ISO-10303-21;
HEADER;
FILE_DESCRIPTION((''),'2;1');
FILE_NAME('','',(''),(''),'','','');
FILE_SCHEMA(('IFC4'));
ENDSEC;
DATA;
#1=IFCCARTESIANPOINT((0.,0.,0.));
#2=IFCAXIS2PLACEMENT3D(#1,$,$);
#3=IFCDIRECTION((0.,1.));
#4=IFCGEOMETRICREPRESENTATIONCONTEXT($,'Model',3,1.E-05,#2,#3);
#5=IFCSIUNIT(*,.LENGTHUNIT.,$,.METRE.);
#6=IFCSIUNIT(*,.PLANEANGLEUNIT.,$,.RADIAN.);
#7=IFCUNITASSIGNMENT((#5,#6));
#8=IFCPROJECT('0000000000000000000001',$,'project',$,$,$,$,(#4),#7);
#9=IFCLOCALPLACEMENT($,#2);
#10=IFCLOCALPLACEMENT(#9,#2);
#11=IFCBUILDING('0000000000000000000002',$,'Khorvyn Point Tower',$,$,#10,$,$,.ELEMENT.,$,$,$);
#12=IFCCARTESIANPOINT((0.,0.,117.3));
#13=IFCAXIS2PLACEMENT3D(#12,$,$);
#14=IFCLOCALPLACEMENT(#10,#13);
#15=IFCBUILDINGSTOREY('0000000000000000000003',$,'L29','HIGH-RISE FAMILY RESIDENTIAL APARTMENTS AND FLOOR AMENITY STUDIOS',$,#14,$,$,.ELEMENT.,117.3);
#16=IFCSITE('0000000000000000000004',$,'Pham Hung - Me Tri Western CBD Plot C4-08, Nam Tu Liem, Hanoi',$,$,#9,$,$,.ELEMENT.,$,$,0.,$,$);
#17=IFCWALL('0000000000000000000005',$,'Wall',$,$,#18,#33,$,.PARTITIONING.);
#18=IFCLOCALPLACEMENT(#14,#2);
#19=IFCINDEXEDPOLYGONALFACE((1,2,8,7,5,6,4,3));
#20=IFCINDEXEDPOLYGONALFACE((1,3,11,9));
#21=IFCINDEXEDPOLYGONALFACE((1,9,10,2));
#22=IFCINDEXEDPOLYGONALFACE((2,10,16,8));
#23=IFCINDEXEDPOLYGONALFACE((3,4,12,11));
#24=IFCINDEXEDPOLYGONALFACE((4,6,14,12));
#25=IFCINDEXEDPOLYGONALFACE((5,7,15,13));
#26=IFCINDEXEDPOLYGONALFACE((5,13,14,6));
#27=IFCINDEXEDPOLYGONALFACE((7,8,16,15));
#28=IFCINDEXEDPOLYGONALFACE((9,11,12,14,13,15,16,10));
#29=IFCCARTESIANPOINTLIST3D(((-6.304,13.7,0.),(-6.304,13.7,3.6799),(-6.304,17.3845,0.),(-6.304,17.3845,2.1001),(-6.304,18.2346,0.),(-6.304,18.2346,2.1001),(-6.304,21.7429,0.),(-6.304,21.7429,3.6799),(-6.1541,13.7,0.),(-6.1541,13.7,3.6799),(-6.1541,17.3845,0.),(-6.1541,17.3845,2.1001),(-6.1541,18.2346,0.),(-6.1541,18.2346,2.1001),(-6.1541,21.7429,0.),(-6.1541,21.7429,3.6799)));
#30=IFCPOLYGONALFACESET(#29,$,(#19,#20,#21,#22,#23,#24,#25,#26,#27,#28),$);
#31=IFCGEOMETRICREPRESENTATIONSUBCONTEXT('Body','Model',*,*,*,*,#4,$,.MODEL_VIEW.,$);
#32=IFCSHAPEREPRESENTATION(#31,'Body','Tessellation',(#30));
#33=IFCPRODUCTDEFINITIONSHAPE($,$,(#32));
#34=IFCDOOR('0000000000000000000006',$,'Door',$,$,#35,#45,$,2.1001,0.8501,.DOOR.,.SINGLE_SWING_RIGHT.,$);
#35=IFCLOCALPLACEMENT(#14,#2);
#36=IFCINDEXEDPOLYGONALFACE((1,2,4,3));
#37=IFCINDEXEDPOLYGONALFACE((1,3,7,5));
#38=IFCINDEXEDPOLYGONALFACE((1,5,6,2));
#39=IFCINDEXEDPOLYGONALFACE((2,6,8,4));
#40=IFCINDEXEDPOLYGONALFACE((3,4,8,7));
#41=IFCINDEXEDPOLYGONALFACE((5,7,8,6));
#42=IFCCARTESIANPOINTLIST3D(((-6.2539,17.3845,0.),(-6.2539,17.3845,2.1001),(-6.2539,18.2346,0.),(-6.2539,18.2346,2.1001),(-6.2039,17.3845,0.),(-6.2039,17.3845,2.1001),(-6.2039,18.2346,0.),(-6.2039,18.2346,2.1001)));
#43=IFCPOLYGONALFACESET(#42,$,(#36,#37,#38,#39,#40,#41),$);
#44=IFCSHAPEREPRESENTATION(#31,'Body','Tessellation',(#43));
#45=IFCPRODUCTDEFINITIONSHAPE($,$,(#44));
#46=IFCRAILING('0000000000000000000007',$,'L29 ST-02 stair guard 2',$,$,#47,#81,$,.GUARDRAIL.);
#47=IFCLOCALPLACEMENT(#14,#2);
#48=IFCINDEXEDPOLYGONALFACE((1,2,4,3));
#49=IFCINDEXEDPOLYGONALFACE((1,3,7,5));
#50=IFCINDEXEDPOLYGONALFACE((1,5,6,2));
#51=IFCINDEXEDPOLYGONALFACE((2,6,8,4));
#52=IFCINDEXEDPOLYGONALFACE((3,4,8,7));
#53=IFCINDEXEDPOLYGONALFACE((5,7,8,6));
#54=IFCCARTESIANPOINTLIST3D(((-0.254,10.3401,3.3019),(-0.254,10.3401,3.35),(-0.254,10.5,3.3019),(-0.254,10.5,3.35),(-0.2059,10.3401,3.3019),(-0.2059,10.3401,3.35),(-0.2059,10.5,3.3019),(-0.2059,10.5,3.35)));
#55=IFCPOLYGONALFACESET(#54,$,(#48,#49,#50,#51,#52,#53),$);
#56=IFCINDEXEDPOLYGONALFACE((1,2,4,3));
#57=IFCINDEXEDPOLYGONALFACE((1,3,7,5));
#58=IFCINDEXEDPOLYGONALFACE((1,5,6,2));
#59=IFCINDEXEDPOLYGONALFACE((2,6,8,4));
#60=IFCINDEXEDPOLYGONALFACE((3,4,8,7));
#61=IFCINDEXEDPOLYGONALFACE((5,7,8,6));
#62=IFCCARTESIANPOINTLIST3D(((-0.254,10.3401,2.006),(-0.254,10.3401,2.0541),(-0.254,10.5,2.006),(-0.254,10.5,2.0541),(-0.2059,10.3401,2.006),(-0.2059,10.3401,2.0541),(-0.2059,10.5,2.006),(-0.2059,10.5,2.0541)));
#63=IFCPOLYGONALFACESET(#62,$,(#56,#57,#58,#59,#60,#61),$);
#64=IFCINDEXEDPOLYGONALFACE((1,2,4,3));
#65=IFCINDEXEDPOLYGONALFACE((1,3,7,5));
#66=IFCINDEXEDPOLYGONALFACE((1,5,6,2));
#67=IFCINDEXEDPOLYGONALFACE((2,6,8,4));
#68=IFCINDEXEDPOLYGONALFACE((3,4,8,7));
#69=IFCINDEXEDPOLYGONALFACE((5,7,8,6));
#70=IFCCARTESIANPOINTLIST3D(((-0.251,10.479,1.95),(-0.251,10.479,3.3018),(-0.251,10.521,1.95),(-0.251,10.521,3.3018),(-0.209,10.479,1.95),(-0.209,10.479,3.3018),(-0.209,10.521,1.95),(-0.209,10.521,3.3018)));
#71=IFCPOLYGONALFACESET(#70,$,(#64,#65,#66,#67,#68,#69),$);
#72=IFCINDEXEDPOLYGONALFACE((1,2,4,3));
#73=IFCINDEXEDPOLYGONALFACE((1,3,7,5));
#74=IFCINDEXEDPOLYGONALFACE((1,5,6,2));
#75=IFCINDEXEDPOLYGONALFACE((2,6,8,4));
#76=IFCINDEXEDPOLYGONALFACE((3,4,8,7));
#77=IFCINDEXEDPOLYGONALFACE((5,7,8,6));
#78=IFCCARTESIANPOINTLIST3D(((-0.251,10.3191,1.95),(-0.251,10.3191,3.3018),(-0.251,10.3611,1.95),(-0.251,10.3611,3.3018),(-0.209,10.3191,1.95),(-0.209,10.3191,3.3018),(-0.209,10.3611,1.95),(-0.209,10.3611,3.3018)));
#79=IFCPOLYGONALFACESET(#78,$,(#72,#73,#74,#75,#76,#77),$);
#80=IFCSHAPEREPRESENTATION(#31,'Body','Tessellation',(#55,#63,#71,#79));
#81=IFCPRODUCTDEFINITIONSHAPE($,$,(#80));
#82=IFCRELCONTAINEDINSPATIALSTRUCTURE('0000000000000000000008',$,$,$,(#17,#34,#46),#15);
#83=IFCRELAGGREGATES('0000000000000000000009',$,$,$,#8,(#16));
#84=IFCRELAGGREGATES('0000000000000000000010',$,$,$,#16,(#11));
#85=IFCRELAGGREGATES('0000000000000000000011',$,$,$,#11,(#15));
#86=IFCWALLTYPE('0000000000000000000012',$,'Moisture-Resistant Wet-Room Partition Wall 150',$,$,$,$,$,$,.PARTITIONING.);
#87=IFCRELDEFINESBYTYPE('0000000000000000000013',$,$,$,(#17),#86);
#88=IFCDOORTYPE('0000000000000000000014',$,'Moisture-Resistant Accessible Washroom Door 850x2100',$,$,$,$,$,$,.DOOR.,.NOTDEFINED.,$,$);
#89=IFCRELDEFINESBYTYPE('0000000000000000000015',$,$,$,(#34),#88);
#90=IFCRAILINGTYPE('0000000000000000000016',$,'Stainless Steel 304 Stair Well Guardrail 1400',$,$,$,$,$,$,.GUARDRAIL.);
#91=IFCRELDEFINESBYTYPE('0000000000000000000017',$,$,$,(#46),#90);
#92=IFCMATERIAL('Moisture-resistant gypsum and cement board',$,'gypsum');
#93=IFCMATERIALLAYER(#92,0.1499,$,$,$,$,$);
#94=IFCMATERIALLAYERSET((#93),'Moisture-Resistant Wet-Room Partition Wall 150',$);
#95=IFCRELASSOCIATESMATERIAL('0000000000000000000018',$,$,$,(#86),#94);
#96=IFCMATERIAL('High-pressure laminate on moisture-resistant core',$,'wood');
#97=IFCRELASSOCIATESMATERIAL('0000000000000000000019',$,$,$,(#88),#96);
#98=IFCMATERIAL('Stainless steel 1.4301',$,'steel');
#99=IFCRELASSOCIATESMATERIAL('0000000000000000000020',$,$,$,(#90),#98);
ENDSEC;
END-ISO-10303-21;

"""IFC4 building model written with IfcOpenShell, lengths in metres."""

from ifc_helpers import new_model, si_unit, direction, frame, frame_2d, origin, origin_2d, place, context, subcontext, project, spatial, rectangle, extrude, material, layer, layer_set, type_object, element, fill, save


model = new_model("IFC4")

# Units and contexts
model_context = context("Model", 3, precision=1e-05, world=origin(), true_north=direction((0.0, 1.0)))
body_context = subcontext(model_context, "Body", "Model", "MODEL_VIEW")
ifc_project = project(units=[si_unit("LENGTHUNIT", "METRE"), si_unit("PLANEANGLEUNIT", "RADIAN")], contexts=[model_context])

# Site, building, storey
site_placement = place(None, origin())
site = spatial("IfcSite", under=ifc_project, at=site_placement, Name="Pham Hung - Me Tri Western CBD Plot C4-08, Nam Tu Liem, Hanoi", CompositionType="ELEMENT", RefElevation=0.0)
building_placement = place(site_placement, origin())
building = spatial("IfcBuilding", under=site, at=building_placement, Name="Khorvyn Point Tower", CompositionType="ELEMENT")
storey_placement = place(building_placement, frame((0.0, 0.0, 117.3)))
storey = spatial("IfcBuildingStorey", under=building, at=storey_placement, Name="L29", Description="HIGH-RISE FAMILY RESIDENTIAL APARTMENTS AND FLOOR AMENITY STUDIOS", CompositionType="ELEMENT", Elevation=117.3)

# Shared definitions
ifc_material_1 = material(Name="Stainless steel 1.4301", Category="steel")

# Wall, opening, door
ifc_material_2 = material(Name="Moisture-resistant gypsum and cement board", Category="gypsum")
ifc_layer_1 = layer(ifc_material_2, 0.1499)
ifc_layer_set_1 = layer_set([ifc_layer_1], Name="Moisture-Resistant Wet-Room Partition Wall 150")
wall_type_1 = type_object("IfcWallType", Name="Moisture-Resistant Wet-Room Partition Wall 150", PredefinedType="PARTITIONING", material=ifc_layer_set_1)
wall_1_placement = place(storey_placement, frame((-6.229, 13.7, 0.0), z_axis=(0.0, 0.0, 1.0), x_axis=(0.0, 1.0, 0.0)))
wall_1 = element("IfcWall", 1, at=wall_1_placement, inside=storey, type_object=wall_type_1, Name="Wall", PredefinedType="PARTITIONING", context=body_context, shape_type="SweptSolid", body=[
    extrude(rectangle(XDim=8.043, YDim=0.1499, at=frame_2d((4.0215, 0.0))), origin(), (0.0, 0.0, 1.0), 3.6799),
])
opening_1_placement = place(wall_1_placement, frame((3.6846, 0.0, 0.0)))
opening_1 = element("IfcOpeningElement", 2, at=opening_1_placement, cuts=wall_1, PredefinedType="OPENING", context=body_context, shape_type="SweptSolid", body=[
    extrude(rectangle(XDim=0.8501, YDim=2.1001, at=frame_2d((0.425, 1.05))), frame((0.0, 0.085, 0.0), z_axis=(0.0, -1.0, 0.0), x_axis=(1.0, 0.0, 0.0)), (0.0, 0.0, 1.0), 0.1699),
])
ifc_material_3 = material(Name="High-pressure laminate on moisture-resistant core", Category="wood")
door_type_1 = type_object("IfcDoorType", Name="Moisture-Resistant Accessible Washroom Door 850x2100", OperationType="NOTDEFINED", PredefinedType="DOOR", material=ifc_material_3)
door_1_placement = place(opening_1_placement, origin())
door_1 = element("IfcDoor", 3, at=door_1_placement, inside=storey, type_object=door_type_1, Name="Door", OperationType="SINGLE_SWING_RIGHT", OverallHeight=2.1001, OverallWidth=0.8501, PredefinedType="DOOR", context=body_context, shape_type="SweptSolid", body=[
    extrude(rectangle(XDim=0.8501, YDim=2.1001, at=frame_2d((0.425, 1.05))), frame((0.0, 0.0249, 0.0), z_axis=(0.0, -1.0, 0.0), x_axis=(1.0, 0.0, 0.0)), (0.0, 0.0, 1.0), 0.05),
])
fill(opening_1, door_1)

# Railing
railing_type = type_object("IfcRailingType", Name="Stainless Steel 304 Stair Well Guardrail 1400", PredefinedType="GUARDRAIL", material=ifc_material_1)
railing_placement = place(storey_placement, frame((-0.23, 10.5, 1.95)))
element("IfcRailing", 4, at=railing_placement, inside=storey, type_object=railing_type, Name="L29 ST-02 stair guard 2", PredefinedType="GUARDRAIL", context=body_context, shape_type="SweptSolid", body=[
    extrude(rectangle(XDim=0.0481, YDim=0.0481, at=origin_2d()), frame((0.0, 0.0, 1.376), z_axis=(0.0, -1.0, 0.0), x_axis=(1.0, 0.0, 0.0)), (0.0, 0.0, 1.0), 0.1599),
    extrude(rectangle(XDim=0.0481, YDim=0.0481, at=origin_2d()), frame((0.0, 0.0, 0.0801), z_axis=(0.0, -1.0, 0.0), x_axis=(1.0, 0.0, 0.0)), (0.0, 0.0, 1.0), 0.1599),
    extrude(rectangle(XDim=0.042, YDim=0.042, at=origin_2d()), origin(), (0.0, 0.0, 1.0), 1.3518),
    extrude(rectangle(XDim=0.042, YDim=0.042, at=origin_2d()), frame((0.0, -0.1599, 0.0)), (0.0, 0.0, 1.0), 1.3518),
])

save(model, "model.ifc")
